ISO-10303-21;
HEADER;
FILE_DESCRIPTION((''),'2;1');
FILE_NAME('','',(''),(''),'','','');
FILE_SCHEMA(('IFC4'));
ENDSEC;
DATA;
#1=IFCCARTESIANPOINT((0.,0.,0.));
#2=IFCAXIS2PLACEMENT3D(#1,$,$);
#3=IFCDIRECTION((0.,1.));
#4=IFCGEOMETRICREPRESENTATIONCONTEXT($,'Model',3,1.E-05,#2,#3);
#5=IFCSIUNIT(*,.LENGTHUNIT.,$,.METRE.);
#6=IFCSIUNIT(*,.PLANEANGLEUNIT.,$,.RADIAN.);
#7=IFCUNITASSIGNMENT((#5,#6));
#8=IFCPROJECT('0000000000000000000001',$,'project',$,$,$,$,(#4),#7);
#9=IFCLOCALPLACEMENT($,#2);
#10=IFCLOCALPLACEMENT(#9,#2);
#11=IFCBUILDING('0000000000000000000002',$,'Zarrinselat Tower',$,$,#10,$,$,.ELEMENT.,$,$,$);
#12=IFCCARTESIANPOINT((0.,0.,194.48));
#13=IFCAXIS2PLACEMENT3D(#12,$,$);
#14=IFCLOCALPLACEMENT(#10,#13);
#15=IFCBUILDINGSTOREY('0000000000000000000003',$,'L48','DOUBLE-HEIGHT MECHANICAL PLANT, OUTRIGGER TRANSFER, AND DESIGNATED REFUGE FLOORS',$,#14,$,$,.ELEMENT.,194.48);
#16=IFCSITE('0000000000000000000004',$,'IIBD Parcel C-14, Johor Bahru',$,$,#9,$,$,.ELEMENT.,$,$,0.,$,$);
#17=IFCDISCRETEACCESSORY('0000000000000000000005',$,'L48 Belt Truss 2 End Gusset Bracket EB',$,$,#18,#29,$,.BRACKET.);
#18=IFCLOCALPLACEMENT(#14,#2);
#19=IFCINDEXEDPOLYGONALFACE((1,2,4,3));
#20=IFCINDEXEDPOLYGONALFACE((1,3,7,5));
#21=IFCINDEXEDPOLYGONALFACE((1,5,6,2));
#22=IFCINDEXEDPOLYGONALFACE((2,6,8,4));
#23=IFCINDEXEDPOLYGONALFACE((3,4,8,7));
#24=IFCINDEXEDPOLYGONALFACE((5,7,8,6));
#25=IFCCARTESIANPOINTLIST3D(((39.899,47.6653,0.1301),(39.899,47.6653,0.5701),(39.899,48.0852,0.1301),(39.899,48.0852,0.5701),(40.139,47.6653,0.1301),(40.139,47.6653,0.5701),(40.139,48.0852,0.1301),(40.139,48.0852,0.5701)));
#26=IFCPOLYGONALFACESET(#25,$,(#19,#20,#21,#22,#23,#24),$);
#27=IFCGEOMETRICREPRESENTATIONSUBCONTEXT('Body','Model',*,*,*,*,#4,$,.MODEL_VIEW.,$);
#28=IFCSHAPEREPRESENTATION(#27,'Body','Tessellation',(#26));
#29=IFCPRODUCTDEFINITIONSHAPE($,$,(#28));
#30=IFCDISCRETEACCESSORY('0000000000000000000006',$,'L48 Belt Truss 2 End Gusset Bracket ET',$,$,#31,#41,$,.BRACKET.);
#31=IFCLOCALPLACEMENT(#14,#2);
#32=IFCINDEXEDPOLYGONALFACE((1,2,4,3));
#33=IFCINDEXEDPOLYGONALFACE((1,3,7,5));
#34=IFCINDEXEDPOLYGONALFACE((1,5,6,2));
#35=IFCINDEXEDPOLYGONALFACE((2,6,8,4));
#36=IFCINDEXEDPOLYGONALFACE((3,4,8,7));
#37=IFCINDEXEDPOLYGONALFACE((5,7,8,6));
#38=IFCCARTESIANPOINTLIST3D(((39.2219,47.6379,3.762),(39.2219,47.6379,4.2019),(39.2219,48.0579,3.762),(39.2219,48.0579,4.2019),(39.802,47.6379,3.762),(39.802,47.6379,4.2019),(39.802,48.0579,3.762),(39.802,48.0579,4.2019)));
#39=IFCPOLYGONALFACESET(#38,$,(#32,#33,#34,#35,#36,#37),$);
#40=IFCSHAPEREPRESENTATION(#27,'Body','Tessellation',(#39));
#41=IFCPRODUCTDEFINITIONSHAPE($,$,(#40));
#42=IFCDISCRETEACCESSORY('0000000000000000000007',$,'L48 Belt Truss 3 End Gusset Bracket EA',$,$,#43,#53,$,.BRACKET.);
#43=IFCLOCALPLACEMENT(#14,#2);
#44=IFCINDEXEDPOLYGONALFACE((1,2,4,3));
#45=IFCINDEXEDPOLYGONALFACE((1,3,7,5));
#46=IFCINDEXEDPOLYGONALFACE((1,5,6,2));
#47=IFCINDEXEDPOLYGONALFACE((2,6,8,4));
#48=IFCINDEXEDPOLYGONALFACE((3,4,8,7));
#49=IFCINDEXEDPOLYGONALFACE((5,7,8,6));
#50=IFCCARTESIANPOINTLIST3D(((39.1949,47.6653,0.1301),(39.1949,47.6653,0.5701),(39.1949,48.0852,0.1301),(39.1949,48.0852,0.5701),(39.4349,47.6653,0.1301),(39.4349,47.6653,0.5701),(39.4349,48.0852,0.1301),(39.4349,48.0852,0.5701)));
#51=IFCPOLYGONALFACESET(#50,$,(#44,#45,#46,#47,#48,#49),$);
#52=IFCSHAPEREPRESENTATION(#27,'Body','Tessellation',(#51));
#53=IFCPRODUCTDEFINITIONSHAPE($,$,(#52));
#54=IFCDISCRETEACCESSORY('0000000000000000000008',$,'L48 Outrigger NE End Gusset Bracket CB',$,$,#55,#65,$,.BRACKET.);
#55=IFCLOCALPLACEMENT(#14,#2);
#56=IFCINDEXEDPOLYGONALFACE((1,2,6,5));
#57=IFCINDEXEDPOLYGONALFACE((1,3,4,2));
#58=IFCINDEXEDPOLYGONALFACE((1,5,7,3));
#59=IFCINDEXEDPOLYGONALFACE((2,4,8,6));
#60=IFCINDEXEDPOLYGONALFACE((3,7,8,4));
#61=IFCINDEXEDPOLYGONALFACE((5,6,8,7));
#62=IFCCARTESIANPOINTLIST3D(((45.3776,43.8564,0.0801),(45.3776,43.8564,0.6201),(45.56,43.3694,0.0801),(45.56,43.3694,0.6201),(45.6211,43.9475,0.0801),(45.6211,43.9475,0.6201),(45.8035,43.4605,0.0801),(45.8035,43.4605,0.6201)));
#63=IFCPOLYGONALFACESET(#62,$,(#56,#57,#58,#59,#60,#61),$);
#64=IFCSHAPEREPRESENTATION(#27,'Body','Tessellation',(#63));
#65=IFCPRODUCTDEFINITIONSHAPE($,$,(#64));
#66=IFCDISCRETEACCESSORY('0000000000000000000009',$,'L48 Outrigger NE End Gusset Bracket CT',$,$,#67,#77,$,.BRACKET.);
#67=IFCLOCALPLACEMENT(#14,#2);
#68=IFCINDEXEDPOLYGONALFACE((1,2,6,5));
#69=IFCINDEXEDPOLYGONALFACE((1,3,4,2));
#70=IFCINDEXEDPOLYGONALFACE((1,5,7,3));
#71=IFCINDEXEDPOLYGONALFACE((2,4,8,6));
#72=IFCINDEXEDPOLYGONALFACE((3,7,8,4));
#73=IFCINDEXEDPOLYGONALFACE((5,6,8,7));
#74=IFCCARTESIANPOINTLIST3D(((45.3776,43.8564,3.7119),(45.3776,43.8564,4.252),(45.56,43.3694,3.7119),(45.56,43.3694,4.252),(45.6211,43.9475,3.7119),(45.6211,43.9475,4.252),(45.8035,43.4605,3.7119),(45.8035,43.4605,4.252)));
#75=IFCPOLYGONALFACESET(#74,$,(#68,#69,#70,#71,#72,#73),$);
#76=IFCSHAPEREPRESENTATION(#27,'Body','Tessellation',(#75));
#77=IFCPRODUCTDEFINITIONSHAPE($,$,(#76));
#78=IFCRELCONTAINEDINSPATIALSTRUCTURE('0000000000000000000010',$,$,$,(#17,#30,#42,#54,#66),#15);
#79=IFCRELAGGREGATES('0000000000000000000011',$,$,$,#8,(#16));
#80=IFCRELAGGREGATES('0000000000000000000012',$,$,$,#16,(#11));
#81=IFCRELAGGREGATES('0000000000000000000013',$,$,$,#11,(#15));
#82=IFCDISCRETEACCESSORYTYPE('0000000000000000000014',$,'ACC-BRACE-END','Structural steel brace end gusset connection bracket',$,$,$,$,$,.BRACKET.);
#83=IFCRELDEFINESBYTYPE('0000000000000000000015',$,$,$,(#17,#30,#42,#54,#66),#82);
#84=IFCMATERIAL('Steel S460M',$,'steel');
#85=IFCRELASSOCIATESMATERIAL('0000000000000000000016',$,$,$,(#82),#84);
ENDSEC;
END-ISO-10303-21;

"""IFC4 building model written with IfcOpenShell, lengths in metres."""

from ifc_helpers import new_model, si_unit, direction, frame, origin, origin_2d, place, context, subcontext, project, spatial, rectangle, extrude, material, type_object, element, save


model = new_model("IFC4")

# Units and contexts
model_context = context("Model", 3, precision=1e-05, world=origin(), true_north=direction((0.0, 1.0)))
body_context = subcontext(model_context, "Body", "Model", "MODEL_VIEW")
ifc_project = project(units=[si_unit("LENGTHUNIT", "METRE"), si_unit("PLANEANGLEUNIT", "RADIAN")], contexts=[model_context])

# Site, building, storey
site_placement = place(None, origin())
site = spatial("IfcSite", under=ifc_project, at=site_placement, Name="IIBD Parcel C-14, Johor Bahru", CompositionType="ELEMENT", RefElevation=0.0)
building_placement = place(site_placement, origin())
building = spatial("IfcBuilding", under=site, at=building_placement, Name="Zarrinselat Tower", CompositionType="ELEMENT")
storey_placement = place(building_placement, frame((0.0, 0.0, 194.48)))
storey = spatial("IfcBuildingStorey", under=building, at=storey_placement, Name="L48", Description="DOUBLE-HEIGHT MECHANICAL PLANT, OUTRIGGER TRANSFER, AND DESIGNATED REFUGE FLOORS", CompositionType="ELEMENT", Elevation=194.48)

# Discrete accessories
ifc_material_1 = material(Name="Steel S460M", Category="steel")
discrete_accessory_type = type_object("IfcDiscreteAccessoryType", Name="ACC-BRACE-END", Description="Structural steel brace end gusset connection bracket", PredefinedType="BRACKET", material=ifc_material_1)
discrete_accessory_1_placement = place(storey_placement, frame((40.019, 47.8752, 0.1301), z_axis=(0.0, 0.0, 1.0), x_axis=(-1.0, 0.0, 0.0)))
element("IfcDiscreteAccessory", 1, at=discrete_accessory_1_placement, inside=storey, type_object=discrete_accessory_type, Name="L48 Belt Truss 2 End Gusset Bracket EB", PredefinedType="BRACKET", context=body_context, shape_type="SweptSolid", body=[
    extrude(rectangle(XDim=0.24, YDim=0.4199, at=origin_2d()), origin(), (0.0, 0.0, 1.0), 0.4399),
])
discrete_accessory_2_placement = place(storey_placement, frame((39.512, 47.8479, 3.762), z_axis=(0.0, 0.0, 1.0), x_axis=(-1.0, 0.0, 0.0)))
element("IfcDiscreteAccessory", 2, at=discrete_accessory_2_placement, inside=storey, type_object=discrete_accessory_type, Name="L48 Belt Truss 2 End Gusset Bracket ET", PredefinedType="BRACKET", context=body_context, shape_type="SweptSolid", body=[
    extrude(rectangle(XDim=0.5801, YDim=0.4199, at=origin_2d()), origin(), (0.0, 0.0, 1.0), 0.4399),
])
discrete_accessory_3_placement = place(storey_placement, frame((39.3149, 47.8752, 0.1301), z_axis=(0.0, 0.0, 1.0), x_axis=(-1.0, 0.0, 0.0)))
element("IfcDiscreteAccessory", 3, at=discrete_accessory_3_placement, inside=storey, type_object=discrete_accessory_type, Name="L48 Belt Truss 3 End Gusset Bracket EA", PredefinedType="BRACKET", context=body_context, shape_type="SweptSolid", body=[
    extrude(rectangle(XDim=0.24, YDim=0.4199, at=origin_2d()), origin(), (0.0, 0.0, 1.0), 0.4399),
])
for number, where, z_axis, x_axis, name in (
    (4, (45.5906, 43.6584, 0.0801), (0.0, 0.0, 1.0), (0.936494, 0.350684, 0.0), "L48 Outrigger NE End Gusset Bracket CB"),
    (5, (45.5906, 43.6584, 3.7119), (0.0, 0.0, 1.0), (0.936494, 0.350684, 0.0), "L48 Outrigger NE End Gusset Bracket CT"),
):
    element("IfcDiscreteAccessory", number, at=place(storey_placement, frame(where, z_axis=z_axis, x_axis=x_axis)), inside=storey, type_object=discrete_accessory_type, Name=name, PredefinedType="BRACKET", context=body_context, shape_type="SweptSolid", body=[
        extrude(rectangle(XDim=0.26, YDim=0.52, at=origin_2d()), origin(), (0.0, 0.0, 1.0), 0.54),
    ])

save(model, "model.ifc")
